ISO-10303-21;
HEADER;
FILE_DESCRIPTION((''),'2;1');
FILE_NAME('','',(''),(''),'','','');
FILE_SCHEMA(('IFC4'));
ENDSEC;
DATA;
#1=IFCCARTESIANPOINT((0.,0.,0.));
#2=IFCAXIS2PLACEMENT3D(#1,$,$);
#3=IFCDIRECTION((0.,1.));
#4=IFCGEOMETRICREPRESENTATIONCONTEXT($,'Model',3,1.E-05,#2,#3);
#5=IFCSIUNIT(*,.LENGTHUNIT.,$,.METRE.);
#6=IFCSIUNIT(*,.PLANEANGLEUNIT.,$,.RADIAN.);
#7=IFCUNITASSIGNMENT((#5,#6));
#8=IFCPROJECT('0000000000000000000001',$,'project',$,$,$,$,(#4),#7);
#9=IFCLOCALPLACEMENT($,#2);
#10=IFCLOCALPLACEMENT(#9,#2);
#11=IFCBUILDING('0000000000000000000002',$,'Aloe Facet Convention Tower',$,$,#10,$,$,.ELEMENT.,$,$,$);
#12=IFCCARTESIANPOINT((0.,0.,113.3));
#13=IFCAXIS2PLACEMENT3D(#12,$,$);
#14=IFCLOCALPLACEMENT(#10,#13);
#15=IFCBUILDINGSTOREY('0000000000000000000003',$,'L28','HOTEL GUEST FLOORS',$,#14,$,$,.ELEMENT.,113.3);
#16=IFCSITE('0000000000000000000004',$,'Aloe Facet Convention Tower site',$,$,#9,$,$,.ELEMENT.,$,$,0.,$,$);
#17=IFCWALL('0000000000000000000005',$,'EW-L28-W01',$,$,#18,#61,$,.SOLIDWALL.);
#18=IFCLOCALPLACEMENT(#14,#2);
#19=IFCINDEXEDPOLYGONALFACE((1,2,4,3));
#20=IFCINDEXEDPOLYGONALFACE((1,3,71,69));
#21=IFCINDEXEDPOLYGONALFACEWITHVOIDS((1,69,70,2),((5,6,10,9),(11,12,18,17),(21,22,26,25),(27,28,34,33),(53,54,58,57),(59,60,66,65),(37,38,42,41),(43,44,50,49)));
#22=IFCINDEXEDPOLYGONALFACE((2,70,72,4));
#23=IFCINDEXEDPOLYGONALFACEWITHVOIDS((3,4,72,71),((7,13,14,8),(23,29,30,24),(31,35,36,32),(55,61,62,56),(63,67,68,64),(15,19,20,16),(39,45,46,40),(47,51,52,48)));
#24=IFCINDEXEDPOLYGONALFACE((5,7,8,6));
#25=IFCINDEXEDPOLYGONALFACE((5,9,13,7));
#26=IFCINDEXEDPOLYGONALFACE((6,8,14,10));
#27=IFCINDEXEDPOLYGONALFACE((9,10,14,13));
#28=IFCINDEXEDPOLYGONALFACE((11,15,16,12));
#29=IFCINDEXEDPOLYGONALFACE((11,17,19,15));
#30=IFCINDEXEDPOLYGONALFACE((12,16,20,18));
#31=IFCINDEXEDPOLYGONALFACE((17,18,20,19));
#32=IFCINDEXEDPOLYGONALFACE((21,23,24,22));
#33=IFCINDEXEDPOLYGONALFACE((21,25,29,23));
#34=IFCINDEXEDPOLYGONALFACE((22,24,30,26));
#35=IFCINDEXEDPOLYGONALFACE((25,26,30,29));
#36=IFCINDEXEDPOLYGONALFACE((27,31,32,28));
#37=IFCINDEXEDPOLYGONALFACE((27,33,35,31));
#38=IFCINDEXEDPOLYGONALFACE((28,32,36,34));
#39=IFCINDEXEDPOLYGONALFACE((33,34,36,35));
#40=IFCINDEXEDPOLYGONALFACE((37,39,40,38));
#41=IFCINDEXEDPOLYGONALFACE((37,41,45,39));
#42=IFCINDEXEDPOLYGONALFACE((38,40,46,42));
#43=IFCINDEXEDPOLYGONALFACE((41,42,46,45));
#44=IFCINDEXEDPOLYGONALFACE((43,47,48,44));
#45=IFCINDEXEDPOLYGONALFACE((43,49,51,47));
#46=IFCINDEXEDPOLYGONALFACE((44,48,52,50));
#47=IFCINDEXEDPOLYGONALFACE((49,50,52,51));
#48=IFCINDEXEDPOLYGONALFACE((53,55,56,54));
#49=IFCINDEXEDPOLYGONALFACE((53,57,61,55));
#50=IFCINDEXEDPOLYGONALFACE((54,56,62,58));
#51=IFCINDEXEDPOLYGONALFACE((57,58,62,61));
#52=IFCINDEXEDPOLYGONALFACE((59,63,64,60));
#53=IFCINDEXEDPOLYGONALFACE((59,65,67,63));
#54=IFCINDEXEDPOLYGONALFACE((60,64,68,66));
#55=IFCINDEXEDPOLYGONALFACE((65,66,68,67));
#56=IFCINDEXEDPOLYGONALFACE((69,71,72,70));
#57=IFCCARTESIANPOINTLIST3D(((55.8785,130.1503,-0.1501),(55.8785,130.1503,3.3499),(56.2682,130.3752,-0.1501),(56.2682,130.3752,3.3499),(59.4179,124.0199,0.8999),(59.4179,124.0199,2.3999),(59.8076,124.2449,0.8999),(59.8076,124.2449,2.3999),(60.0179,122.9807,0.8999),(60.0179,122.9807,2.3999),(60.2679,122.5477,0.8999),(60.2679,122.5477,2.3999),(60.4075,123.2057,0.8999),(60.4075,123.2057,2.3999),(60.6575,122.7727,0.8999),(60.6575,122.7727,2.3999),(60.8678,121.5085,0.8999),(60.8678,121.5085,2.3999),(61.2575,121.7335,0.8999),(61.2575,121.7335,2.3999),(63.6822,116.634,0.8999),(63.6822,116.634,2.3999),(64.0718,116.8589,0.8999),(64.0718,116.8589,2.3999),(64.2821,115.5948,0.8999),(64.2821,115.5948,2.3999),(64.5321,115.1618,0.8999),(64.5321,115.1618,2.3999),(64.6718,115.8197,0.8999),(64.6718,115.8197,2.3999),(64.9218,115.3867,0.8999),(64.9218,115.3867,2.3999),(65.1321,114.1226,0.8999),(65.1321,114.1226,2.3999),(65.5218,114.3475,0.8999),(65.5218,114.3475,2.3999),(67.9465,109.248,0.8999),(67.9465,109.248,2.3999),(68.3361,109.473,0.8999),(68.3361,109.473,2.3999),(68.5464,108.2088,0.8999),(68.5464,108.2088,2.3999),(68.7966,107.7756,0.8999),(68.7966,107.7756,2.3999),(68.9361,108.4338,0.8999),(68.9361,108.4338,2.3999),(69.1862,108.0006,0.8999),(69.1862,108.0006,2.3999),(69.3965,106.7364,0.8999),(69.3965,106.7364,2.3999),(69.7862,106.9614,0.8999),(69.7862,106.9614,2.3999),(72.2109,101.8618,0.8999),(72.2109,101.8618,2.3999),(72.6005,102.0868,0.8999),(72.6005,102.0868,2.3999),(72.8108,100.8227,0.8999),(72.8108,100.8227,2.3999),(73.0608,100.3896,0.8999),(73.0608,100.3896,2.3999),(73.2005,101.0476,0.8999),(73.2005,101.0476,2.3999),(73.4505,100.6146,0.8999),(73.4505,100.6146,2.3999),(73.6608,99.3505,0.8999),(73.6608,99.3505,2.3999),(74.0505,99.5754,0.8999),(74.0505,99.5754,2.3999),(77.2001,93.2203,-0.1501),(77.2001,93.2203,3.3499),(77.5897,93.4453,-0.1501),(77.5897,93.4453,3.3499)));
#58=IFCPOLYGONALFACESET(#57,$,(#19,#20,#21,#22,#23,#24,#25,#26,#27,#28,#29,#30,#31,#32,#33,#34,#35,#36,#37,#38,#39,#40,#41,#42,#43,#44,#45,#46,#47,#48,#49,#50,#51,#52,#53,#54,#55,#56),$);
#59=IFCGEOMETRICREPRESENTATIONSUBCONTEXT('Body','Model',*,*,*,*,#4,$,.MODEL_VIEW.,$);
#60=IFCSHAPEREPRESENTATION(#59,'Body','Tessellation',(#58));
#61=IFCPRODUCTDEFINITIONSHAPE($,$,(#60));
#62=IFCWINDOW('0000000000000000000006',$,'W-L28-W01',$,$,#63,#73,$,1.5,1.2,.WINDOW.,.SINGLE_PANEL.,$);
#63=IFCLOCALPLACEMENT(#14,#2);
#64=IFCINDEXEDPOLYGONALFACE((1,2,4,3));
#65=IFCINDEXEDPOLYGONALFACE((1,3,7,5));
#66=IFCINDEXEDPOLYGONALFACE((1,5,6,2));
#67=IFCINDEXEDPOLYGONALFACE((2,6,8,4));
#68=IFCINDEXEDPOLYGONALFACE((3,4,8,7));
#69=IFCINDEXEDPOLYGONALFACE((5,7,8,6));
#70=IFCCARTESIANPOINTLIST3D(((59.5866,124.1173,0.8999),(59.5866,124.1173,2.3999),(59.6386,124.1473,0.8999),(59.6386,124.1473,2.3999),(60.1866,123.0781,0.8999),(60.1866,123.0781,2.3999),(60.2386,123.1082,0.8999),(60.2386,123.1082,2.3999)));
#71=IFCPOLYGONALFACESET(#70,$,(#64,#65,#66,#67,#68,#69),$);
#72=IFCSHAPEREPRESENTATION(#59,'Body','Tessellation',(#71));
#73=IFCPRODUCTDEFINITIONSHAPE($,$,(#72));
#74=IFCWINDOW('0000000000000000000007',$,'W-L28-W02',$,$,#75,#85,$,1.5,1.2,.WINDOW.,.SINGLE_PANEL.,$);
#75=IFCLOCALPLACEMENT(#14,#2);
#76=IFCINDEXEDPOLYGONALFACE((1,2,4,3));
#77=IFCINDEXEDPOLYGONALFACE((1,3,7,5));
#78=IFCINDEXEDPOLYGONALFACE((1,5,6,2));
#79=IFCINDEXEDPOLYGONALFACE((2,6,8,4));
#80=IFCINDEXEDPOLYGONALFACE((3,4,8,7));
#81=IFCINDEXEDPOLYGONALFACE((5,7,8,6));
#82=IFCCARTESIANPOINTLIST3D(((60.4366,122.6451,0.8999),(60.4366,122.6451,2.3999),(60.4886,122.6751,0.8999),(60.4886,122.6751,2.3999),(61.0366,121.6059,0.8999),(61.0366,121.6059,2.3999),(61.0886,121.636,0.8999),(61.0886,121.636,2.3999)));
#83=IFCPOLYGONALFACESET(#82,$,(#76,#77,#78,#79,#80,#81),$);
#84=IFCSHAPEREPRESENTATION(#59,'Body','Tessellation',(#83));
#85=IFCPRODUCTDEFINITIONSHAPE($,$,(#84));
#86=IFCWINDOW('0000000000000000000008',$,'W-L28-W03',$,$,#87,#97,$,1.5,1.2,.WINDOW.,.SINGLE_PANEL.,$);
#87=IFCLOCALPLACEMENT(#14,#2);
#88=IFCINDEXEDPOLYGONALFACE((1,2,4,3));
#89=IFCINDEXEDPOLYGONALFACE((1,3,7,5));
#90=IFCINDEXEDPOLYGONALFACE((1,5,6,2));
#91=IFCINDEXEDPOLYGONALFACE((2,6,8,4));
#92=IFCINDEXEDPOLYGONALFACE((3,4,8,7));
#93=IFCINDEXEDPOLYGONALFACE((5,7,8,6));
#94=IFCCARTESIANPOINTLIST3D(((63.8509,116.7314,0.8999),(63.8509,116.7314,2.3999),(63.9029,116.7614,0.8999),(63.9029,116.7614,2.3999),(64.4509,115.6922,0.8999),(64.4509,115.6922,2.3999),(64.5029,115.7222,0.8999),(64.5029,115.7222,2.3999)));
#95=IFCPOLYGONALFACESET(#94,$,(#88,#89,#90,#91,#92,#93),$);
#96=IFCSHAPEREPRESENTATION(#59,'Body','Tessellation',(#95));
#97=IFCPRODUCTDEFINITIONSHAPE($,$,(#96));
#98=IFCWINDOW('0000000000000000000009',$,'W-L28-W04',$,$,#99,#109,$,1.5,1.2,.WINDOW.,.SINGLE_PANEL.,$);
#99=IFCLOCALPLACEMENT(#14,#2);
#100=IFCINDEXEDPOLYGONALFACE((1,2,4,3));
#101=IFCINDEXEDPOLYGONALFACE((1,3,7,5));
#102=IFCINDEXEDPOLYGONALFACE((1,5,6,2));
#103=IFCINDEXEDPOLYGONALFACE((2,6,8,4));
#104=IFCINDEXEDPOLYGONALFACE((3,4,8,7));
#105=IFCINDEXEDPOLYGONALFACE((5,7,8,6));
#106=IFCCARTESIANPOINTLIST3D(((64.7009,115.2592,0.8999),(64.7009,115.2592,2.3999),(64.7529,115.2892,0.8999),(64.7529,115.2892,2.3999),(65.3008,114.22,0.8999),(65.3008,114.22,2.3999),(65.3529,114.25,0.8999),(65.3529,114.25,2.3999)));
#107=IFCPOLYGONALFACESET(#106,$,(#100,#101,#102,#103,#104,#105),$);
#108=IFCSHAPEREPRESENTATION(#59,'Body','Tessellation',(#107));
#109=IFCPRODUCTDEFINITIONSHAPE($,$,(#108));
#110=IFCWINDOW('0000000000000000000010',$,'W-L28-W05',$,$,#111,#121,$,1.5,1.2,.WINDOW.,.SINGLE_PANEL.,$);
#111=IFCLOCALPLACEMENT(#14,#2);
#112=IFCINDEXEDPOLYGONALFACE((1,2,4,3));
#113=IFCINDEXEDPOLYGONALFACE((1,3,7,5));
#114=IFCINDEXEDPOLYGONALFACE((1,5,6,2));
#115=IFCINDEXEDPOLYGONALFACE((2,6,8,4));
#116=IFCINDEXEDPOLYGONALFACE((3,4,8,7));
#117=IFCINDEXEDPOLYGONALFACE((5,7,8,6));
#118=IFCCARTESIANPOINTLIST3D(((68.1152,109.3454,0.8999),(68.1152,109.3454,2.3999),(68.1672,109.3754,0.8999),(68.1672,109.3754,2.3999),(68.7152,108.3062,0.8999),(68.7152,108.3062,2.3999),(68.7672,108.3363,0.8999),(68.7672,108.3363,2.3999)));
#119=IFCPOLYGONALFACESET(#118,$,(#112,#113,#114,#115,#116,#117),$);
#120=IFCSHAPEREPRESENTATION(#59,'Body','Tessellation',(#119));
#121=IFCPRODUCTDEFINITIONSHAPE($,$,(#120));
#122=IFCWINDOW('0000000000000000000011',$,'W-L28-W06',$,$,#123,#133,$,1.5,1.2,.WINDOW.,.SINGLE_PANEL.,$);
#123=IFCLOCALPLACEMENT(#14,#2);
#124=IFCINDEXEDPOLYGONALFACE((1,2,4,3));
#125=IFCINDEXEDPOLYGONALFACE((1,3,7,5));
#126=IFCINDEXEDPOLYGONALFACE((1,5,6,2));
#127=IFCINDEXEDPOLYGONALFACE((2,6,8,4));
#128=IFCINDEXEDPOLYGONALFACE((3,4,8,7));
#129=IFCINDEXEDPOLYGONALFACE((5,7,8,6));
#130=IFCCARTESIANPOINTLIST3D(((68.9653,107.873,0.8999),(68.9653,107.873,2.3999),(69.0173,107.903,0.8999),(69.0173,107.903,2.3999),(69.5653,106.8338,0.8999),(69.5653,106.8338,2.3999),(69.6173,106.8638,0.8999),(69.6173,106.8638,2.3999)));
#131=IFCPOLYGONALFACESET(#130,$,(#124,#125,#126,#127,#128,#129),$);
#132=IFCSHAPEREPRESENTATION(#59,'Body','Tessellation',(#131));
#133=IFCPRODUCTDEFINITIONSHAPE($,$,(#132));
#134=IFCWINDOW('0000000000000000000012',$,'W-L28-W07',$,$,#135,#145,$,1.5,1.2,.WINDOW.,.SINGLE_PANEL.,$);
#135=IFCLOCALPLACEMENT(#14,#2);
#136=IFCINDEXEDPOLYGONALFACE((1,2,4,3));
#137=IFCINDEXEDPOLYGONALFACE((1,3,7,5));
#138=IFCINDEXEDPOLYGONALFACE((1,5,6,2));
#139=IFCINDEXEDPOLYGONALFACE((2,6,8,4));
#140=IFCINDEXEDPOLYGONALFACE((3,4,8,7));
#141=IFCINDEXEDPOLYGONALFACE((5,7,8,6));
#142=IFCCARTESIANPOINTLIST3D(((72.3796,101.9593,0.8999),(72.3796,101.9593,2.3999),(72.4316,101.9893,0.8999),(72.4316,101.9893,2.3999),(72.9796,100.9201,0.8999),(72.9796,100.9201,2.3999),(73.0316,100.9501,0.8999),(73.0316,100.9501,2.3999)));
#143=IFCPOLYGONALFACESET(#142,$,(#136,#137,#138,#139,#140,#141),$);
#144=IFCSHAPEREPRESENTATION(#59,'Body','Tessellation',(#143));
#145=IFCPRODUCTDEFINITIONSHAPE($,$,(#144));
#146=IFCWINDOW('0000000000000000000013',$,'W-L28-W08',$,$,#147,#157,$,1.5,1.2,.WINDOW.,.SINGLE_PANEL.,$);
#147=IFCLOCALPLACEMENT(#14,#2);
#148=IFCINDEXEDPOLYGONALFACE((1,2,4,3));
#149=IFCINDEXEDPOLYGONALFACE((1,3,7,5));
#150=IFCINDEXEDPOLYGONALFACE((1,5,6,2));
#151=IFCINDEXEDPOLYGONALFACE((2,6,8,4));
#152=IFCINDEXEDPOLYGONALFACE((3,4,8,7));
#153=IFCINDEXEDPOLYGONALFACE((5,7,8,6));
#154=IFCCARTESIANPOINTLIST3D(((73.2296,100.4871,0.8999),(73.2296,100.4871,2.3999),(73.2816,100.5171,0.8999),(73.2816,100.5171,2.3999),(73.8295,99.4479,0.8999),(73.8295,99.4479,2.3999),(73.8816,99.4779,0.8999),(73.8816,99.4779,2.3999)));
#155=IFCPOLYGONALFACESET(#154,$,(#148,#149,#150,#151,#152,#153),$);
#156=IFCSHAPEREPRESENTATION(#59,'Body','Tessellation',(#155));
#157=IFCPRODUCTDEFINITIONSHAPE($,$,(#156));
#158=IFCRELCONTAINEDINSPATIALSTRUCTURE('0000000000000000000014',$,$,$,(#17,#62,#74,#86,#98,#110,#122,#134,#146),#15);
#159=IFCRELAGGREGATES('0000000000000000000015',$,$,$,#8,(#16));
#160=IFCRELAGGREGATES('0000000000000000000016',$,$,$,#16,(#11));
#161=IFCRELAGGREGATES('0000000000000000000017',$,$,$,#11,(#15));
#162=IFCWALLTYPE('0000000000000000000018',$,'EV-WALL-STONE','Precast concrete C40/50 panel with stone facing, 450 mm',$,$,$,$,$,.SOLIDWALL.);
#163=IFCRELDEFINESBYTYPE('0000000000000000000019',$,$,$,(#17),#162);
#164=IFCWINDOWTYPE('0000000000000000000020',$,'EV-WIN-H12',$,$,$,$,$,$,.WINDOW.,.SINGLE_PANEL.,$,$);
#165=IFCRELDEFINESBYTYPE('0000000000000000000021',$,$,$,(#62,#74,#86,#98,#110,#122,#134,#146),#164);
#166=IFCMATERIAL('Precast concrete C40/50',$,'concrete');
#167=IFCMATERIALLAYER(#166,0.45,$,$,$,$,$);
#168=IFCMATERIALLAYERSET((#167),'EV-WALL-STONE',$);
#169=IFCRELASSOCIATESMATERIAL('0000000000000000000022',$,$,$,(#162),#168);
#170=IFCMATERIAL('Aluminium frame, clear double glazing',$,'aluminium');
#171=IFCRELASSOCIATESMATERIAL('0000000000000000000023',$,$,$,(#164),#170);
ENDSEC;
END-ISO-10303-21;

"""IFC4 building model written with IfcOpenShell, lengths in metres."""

from ifc_helpers import new_model, si_unit, direction, frame, frame_2d, origin, place, context, subcontext, project, spatial, polyline, rectangle, outline, extrude, material, layer, layer_set, type_object, element, fill, save


model = new_model("IFC4")

# Units and contexts
model_context = context("Model", 3, precision=1e-05, world=origin(), true_north=direction((0.0, 1.0)))
body_context = subcontext(model_context, "Body", "Model", "MODEL_VIEW")
ifc_project = project(units=[si_unit("LENGTHUNIT", "METRE"), si_unit("PLANEANGLEUNIT", "RADIAN")], contexts=[model_context])

# Site, building, storey
site_placement = place(None, origin())
site = spatial("IfcSite", under=ifc_project, at=site_placement, Name="Aloe Facet Convention Tower site", CompositionType="ELEMENT", RefElevation=0.0)
building_placement = place(site_placement, origin())
building = spatial("IfcBuilding", under=site, at=building_placement, Name="Aloe Facet Convention Tower", CompositionType="ELEMENT")
storey_placement = place(building_placement, frame((0.0, 0.0, 113.3)))
storey = spatial("IfcBuildingStorey", under=building, at=storey_placement, Name="L28", Description="HOTEL GUEST FLOORS", CompositionType="ELEMENT", Elevation=113.3)

# Wall, openings, windows
ifc_material_1 = material(Name="Precast concrete C40/50", Category="concrete")
ifc_layer_1 = layer(ifc_material_1, 0.45)
ifc_layer_set_1 = layer_set([ifc_layer_1], Name="EV-WALL-STONE")
wall_type_1 = type_object("IfcWallType", Name="EV-WALL-STONE", Description="Precast concrete C40/50 panel with stone facing, 450 mm", PredefinedType="SOLIDWALL", material=ifc_layer_set_1)
wall_1_placement = place(storey_placement, frame((56.0732, 130.2627, -0.1501), z_axis=(0.0, 0.0, 1.0), x_axis=(0.5, -0.866025, 0.0)))
wall_1 = element("IfcWall", 1, at=wall_1_placement, inside=storey, type_object=wall_type_1, Name="EW-L28-W01", PredefinedType="SOLIDWALL", context=body_context, shape_type="SweptSolid", body=[
    extrude(outline(polyline([(42.6431, 0.0), (42.6431, 3.5), (0.0, 3.5), (0.0, 0.0), (42.6431, 0.0)])), frame((0.0, 0.2251, 0.0), z_axis=(0.0, -1.0, 0.0), x_axis=(1.0, 0.0, 0.0)), (0.0, 0.0, 1.0), 0.45),
])
opening_1_placement = place(wall_1_placement, frame((7.0786, 0.0, 1.05)))
opening_1 = element("IfcOpeningElement", 2, at=opening_1_placement, cuts=wall_1, PredefinedType="OPENING", context=body_context, shape_type="SweptSolid", body=[
    extrude(rectangle(XDim=1.2, YDim=1.5, at=frame_2d((0.6001, 0.75))), frame((0.0, 0.2349, 0.0), z_axis=(0.0, -1.0, 0.0), x_axis=(1.0, 0.0, 0.0)), (0.0, 0.0, 1.0), 0.47),
])
opening_2_placement = place(wall_1_placement, frame((8.7786, 0.0, 1.05)))
opening_2 = element("IfcOpeningElement", 3, at=opening_2_placement, cuts=wall_1, PredefinedType="OPENING", context=body_context, shape_type="SweptSolid", body=[
    extrude(rectangle(XDim=1.2, YDim=1.5, at=frame_2d((0.6001, 0.75))), frame((0.0, 0.2349, 0.0), z_axis=(0.0, -1.0, 0.0), x_axis=(1.0, 0.0, 0.0)), (0.0, 0.0, 1.0), 0.47),
])
opening_3_placement = place(wall_1_placement, frame((15.6072, 0.0, 1.05)))
opening_3 = element("IfcOpeningElement", 4, at=opening_3_placement, cuts=wall_1, PredefinedType="OPENING", context=body_context, shape_type="SweptSolid", body=[
    extrude(rectangle(XDim=1.2, YDim=1.5, at=frame_2d((0.6001, 0.75))), frame((0.0, 0.2349, 0.0), z_axis=(0.0, -1.0, 0.0), x_axis=(1.0, 0.0, 0.0)), (0.0, 0.0, 1.0), 0.47),
])
opening_4_placement = place(wall_1_placement, frame((17.3071, 0.0, 1.05)))
opening_4 = element("IfcOpeningElement", 5, at=opening_4_placement, cuts=wall_1, PredefinedType="OPENING", context=body_context, shape_type="SweptSolid", body=[
    extrude(rectangle(XDim=1.2, YDim=1.5, at=frame_2d((0.6001, 0.75))), frame((0.0, 0.2349, 0.0), z_axis=(0.0, -1.0, 0.0), x_axis=(1.0, 0.0, 0.0)), (0.0, 0.0, 1.0), 0.47),
])
opening_5_placement = place(wall_1_placement, frame((24.1357, 0.0, 1.05)))
opening_5 = element("IfcOpeningElement", 6, at=opening_5_placement, cuts=wall_1, PredefinedType="OPENING", context=body_context, shape_type="SweptSolid", body=[
    extrude(rectangle(XDim=1.2, YDim=1.5, at=frame_2d((0.6001, 0.75))), frame((0.0, 0.2349, 0.0), z_axis=(0.0, -1.0, 0.0), x_axis=(1.0, 0.0, 0.0)), (0.0, 0.0, 1.0), 0.47),
])
opening_6_placement = place(wall_1_placement, frame((25.8359, 0.0, 1.05)))
opening_6 = element("IfcOpeningElement", 7, at=opening_6_placement, cuts=wall_1, PredefinedType="OPENING", context=body_context, shape_type="SweptSolid", body=[
    extrude(rectangle(XDim=1.2, YDim=1.5, at=frame_2d((0.6001, 0.75))), frame((0.0, 0.2349, 0.0), z_axis=(0.0, -1.0, 0.0), x_axis=(1.0, 0.0, 0.0)), (0.0, 0.0, 1.0), 0.47),
])
opening_7_placement = place(wall_1_placement, frame((32.6646, 0.0, 1.05)))
opening_7 = element("IfcOpeningElement", 8, at=opening_7_placement, cuts=wall_1, PredefinedType="OPENING", context=body_context, shape_type="SweptSolid", body=[
    extrude(rectangle(XDim=1.2, YDim=1.5, at=frame_2d((0.6001, 0.75))), frame((0.0, 0.2349, 0.0), z_axis=(0.0, -1.0, 0.0), x_axis=(1.0, 0.0, 0.0)), (0.0, 0.0, 1.0), 0.47),
])
opening_8_placement = place(wall_1_placement, frame((34.3645, 0.0, 1.05)))
opening_8 = element("IfcOpeningElement", 9, at=opening_8_placement, cuts=wall_1, PredefinedType="OPENING", context=body_context, shape_type="SweptSolid", body=[
    extrude(rectangle(XDim=1.2, YDim=1.5, at=frame_2d((0.6001, 0.75))), frame((0.0, 0.2349, 0.0), z_axis=(0.0, -1.0, 0.0), x_axis=(1.0, 0.0, 0.0)), (0.0, 0.0, 1.0), 0.47),
])
ifc_material_2 = material(Name="Aluminium frame, clear double glazing", Category="aluminium")
window_type = type_object("IfcWindowType", Name="EV-WIN-H12", PartitioningType="SINGLE_PANEL", PredefinedType="WINDOW", material=ifc_material_2)
window_1_placement = place(opening_1_placement, origin())
window_1 = element("IfcWindow", 10, at=window_1_placement, inside=storey, type_object=window_type, Name="W-L28-W01", OverallHeight=1.5, OverallWidth=1.2, PartitioningType="SINGLE_PANEL", PredefinedType="WINDOW", context=body_context, shape_type="SweptSolid", body=[
    extrude(rectangle(XDim=1.2, YDim=1.5, at=frame_2d((0.6001, 0.75))), frame((0.0, 0.03, 0.0), z_axis=(0.0, -1.0, 0.0), x_axis=(1.0, 0.0, 0.0)), (0.0, 0.0, 1.0), 0.0601),
])
fill(opening_1, window_1)
window_2_placement = place(opening_2_placement, origin())
window_2 = element("IfcWindow", 11, at=window_2_placement, inside=storey, type_object=window_type, Name="W-L28-W02", OverallHeight=1.5, OverallWidth=1.2, PartitioningType="SINGLE_PANEL", PredefinedType="WINDOW", context=body_context, shape_type="SweptSolid", body=[
    extrude(rectangle(XDim=1.2, YDim=1.5, at=frame_2d((0.6001, 0.75))), frame((0.0, 0.03, 0.0), z_axis=(0.0, -1.0, 0.0), x_axis=(1.0, 0.0, 0.0)), (0.0, 0.0, 1.0), 0.0601),
])
fill(opening_2, window_2)
window_3_placement = place(opening_3_placement, origin())
window_3 = element("IfcWindow", 12, at=window_3_placement, inside=storey, type_object=window_type, Name="W-L28-W03", OverallHeight=1.5, OverallWidth=1.2, PartitioningType="SINGLE_PANEL", PredefinedType="WINDOW", context=body_context, shape_type="SweptSolid", body=[
    extrude(rectangle(XDim=1.2, YDim=1.5, at=frame_2d((0.6001, 0.75))), frame((0.0, 0.03, 0.0), z_axis=(0.0, -1.0, 0.0), x_axis=(1.0, 0.0, 0.0)), (0.0, 0.0, 1.0), 0.0601),
])
fill(opening_3, window_3)
window_4_placement = place(opening_4_placement, origin())
window_4 = element("IfcWindow", 13, at=window_4_placement, inside=storey, type_object=window_type, Name="W-L28-W04", OverallHeight=1.5, OverallWidth=1.2, PartitioningType="SINGLE_PANEL", PredefinedType="WINDOW", context=body_context, shape_type="SweptSolid", body=[
    extrude(rectangle(XDim=1.2, YDim=1.5, at=frame_2d((0.6001, 0.75))), frame((0.0, 0.03, 0.0), z_axis=(0.0, -1.0, 0.0), x_axis=(1.0, 0.0, 0.0)), (0.0, 0.0, 1.0), 0.0601),
])
fill(opening_4, window_4)
window_5_placement = place(opening_5_placement, origin())
window_5 = element("IfcWindow", 14, at=window_5_placement, inside=storey, type_object=window_type, Name="W-L28-W05", OverallHeight=1.5, OverallWidth=1.2, PartitioningType="SINGLE_PANEL", PredefinedType="WINDOW", context=body_context, shape_type="SweptSolid", body=[
    extrude(rectangle(XDim=1.2, YDim=1.5, at=frame_2d((0.6001, 0.75))), frame((0.0, 0.03, 0.0), z_axis=(0.0, -1.0, 0.0), x_axis=(1.0, 0.0, 0.0)), (0.0, 0.0, 1.0), 0.0601),
])
fill(opening_5, window_5)
window_6_placement = place(opening_6_placement, origin())
window_6 = element("IfcWindow", 15, at=window_6_placement, inside=storey, type_object=window_type, Name="W-L28-W06", OverallHeight=1.5, OverallWidth=1.2, PartitioningType="SINGLE_PANEL", PredefinedType="WINDOW", context=body_context, shape_type="SweptSolid", body=[
    extrude(rectangle(XDim=1.2, YDim=1.5, at=frame_2d((0.6001, 0.75))), frame((0.0, 0.03, 0.0), z_axis=(0.0, -1.0, 0.0), x_axis=(1.0, 0.0, 0.0)), (0.0, 0.0, 1.0), 0.0601),
])
fill(opening_6, window_6)
window_7_placement = place(opening_7_placement, origin())
window_7 = element("IfcWindow", 16, at=window_7_placement, inside=storey, type_object=window_type, Name="W-L28-W07", OverallHeight=1.5, OverallWidth=1.2, PartitioningType="SINGLE_PANEL", PredefinedType="WINDOW", context=body_context, shape_type="SweptSolid", body=[
    extrude(rectangle(XDim=1.2, YDim=1.5, at=frame_2d((0.6001, 0.75))), frame((0.0, 0.03, 0.0), z_axis=(0.0, -1.0, 0.0), x_axis=(1.0, 0.0, 0.0)), (0.0, 0.0, 1.0), 0.0601),
])
fill(opening_7, window_7)
window_8_placement = place(opening_8_placement, origin())
window_8 = element("IfcWindow", 17, at=window_8_placement, inside=storey, type_object=window_type, Name="W-L28-W08", OverallHeight=1.5, OverallWidth=1.2, PartitioningType="SINGLE_PANEL", PredefinedType="WINDOW", context=body_context, shape_type="SweptSolid", body=[
    extrude(rectangle(XDim=1.2, YDim=1.5, at=frame_2d((0.6001, 0.75))), frame((0.0, 0.03, 0.0), z_axis=(0.0, -1.0, 0.0), x_axis=(1.0, 0.0, 0.0)), (0.0, 0.0, 1.0), 0.0601),
])
fill(opening_8, window_8)

save(model, "model.ifc")
